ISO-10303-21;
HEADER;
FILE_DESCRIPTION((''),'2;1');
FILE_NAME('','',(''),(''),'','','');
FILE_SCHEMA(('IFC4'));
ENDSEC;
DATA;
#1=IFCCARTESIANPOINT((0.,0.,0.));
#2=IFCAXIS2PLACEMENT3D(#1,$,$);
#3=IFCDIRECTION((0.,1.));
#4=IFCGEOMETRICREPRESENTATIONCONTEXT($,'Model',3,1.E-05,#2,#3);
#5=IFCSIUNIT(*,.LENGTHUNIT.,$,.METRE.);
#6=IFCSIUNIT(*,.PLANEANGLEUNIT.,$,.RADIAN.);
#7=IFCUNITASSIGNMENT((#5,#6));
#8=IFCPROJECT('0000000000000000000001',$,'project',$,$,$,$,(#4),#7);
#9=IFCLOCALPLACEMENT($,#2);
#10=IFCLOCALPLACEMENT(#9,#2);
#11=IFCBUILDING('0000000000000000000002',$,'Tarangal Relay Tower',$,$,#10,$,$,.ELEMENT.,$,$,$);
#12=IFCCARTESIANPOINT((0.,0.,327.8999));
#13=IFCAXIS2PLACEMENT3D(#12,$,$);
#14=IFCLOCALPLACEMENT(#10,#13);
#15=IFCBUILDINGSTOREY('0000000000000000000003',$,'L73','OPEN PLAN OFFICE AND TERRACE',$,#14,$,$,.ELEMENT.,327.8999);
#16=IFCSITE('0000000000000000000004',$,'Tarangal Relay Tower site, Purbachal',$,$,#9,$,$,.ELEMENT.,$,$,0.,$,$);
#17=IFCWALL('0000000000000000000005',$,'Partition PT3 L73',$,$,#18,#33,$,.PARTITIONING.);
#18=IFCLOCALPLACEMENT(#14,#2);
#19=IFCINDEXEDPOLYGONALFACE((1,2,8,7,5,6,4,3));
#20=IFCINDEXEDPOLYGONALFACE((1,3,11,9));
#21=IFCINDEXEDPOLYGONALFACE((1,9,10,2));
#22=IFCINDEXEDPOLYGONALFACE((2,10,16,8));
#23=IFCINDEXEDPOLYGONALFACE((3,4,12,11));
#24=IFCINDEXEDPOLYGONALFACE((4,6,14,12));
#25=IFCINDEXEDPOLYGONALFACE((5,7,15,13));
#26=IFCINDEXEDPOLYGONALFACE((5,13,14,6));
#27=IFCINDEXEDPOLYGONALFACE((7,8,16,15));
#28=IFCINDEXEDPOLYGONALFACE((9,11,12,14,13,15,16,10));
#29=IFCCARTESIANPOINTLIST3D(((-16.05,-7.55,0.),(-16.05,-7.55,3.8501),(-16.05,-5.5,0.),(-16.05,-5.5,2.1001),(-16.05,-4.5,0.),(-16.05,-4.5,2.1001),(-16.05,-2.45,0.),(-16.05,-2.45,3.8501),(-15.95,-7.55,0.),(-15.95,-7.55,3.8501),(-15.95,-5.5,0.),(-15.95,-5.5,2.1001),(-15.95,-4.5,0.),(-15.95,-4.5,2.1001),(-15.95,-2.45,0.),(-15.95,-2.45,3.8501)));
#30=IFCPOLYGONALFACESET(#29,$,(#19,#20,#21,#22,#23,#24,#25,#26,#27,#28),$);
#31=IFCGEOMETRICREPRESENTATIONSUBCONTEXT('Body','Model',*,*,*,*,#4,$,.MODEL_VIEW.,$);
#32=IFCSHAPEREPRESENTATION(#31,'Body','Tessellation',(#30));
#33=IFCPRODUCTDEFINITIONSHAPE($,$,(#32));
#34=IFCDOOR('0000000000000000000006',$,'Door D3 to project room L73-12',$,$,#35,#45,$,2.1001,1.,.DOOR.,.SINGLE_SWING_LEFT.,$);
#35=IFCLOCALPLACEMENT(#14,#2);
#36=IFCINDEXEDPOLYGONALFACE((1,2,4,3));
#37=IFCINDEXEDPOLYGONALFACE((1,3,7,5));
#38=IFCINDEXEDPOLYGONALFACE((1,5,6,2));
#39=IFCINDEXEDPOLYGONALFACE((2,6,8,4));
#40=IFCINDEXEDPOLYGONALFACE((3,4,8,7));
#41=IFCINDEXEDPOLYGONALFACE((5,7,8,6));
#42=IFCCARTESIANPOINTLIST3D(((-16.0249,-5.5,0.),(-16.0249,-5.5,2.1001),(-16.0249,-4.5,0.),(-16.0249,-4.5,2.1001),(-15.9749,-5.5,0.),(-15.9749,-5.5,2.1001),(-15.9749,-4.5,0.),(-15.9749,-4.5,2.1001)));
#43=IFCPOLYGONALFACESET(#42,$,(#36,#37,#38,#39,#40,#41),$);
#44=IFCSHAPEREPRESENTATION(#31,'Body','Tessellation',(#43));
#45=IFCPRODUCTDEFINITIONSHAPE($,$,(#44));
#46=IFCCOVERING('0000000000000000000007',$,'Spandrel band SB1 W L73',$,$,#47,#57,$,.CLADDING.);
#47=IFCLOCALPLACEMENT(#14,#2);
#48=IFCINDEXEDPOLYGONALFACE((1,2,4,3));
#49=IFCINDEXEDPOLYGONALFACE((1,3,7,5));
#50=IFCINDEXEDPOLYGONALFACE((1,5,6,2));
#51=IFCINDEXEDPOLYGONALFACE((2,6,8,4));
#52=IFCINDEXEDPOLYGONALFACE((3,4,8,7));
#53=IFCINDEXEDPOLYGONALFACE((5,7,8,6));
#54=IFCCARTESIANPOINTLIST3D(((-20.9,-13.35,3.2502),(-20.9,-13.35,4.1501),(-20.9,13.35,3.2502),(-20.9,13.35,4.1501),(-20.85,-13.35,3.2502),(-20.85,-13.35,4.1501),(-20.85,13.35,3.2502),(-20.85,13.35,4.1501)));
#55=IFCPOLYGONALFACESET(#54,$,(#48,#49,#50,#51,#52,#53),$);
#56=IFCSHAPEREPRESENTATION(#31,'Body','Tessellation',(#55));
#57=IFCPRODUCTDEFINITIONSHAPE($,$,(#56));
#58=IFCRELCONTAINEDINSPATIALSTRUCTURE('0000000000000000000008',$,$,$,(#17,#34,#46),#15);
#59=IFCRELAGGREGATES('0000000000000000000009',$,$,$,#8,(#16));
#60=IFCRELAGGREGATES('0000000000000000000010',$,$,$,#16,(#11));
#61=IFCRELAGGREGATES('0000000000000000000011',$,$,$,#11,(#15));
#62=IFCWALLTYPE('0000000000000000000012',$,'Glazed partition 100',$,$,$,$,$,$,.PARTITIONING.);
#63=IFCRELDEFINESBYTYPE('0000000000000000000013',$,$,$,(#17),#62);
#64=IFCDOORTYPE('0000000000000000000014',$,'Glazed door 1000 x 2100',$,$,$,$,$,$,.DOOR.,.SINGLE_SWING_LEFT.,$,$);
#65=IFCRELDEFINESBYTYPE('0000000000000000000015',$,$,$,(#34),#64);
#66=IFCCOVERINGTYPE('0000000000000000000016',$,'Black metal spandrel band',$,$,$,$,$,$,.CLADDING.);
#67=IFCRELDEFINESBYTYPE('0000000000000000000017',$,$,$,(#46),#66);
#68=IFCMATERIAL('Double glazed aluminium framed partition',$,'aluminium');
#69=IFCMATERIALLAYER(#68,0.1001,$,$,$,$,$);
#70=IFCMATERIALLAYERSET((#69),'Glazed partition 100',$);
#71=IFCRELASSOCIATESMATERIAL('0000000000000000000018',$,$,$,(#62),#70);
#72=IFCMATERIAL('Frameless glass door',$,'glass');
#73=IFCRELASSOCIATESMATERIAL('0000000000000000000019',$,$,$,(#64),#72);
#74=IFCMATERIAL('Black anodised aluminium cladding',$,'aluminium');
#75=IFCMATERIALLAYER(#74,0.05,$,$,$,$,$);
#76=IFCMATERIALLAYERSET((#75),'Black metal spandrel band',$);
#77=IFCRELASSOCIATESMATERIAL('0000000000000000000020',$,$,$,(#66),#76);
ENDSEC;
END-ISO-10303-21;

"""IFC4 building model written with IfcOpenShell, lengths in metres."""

from ifc_helpers import new_model, si_unit, direction, frame, frame_2d, origin, origin_2d, place, context, subcontext, project, spatial, rectangle, extrude, material, layer, layer_set, type_object, element, fill, save


model = new_model("IFC4")

# Units and contexts
model_context = context("Model", 3, precision=1e-05, world=origin(), true_north=direction((0.0, 1.0)))
body_context = subcontext(model_context, "Body", "Model", "MODEL_VIEW")
ifc_project = project(units=[si_unit("LENGTHUNIT", "METRE"), si_unit("PLANEANGLEUNIT", "RADIAN")], contexts=[model_context])

# Site, building, storey
site_placement = place(None, origin())
site = spatial("IfcSite", under=ifc_project, at=site_placement, Name="Tarangal Relay Tower site, Purbachal", CompositionType="ELEMENT", RefElevation=0.0)
building_placement = place(site_placement, origin())
building = spatial("IfcBuilding", under=site, at=building_placement, Name="Tarangal Relay Tower", CompositionType="ELEMENT")
storey_placement = place(building_placement, frame((0.0, 0.0, 327.8999)))
storey = spatial("IfcBuildingStorey", under=building, at=storey_placement, Name="L73", Description="OPEN PLAN OFFICE AND TERRACE", CompositionType="ELEMENT", Elevation=327.8999)

# Shared definitions
ifc_material_1 = material(Name="Double glazed aluminium framed partition", Category="aluminium")
ifc_layer_1 = layer(ifc_material_1, 0.1001)
ifc_layer_set_1 = layer_set([ifc_layer_1], Name="Glazed partition 100")
wall_type_1 = type_object("IfcWallType", Name="Glazed partition 100", PredefinedType="PARTITIONING", material=ifc_layer_set_1)

# Wall, opening, door
wall_1_placement = place(storey_placement, frame((-16.0, -7.55, 0.0), z_axis=(0.0, 0.0, 1.0), x_axis=(0.0, 1.0, 0.0)))
wall_1 = element("IfcWall", 1, at=wall_1_placement, inside=storey, type_object=wall_type_1, Name="Partition PT3 L73", PredefinedType="PARTITIONING", context=body_context, shape_type="SweptSolid", body=[
    extrude(rectangle(XDim=5.1001, YDim=0.1001, at=frame_2d((2.55, 0.0))), origin(), (0.0, 0.0, 1.0), 3.8501),
])
opening_1_placement = place(wall_1_placement, frame((2.05, 0.0, 0.0)))
opening_1 = element("IfcOpeningElement", 2, at=opening_1_placement, cuts=wall_1, PredefinedType="OPENING", context=body_context, shape_type="SweptSolid", body=[
    extrude(rectangle(XDim=1.0, YDim=2.1001, at=frame_2d((0.5, 1.05))), frame((0.0, 0.0601, 0.0), z_axis=(0.0, -1.0, 0.0), x_axis=(1.0, 0.0, 0.0)), (0.0, 0.0, 1.0), 0.1201),
])
ifc_material_2 = material(Name="Frameless glass door", Category="glass")
door_type_1 = type_object("IfcDoorType", Name="Glazed door 1000 x 2100", OperationType="SINGLE_SWING_LEFT", PredefinedType="DOOR", material=ifc_material_2)
door_1_placement = place(opening_1_placement, origin())
door_1 = element("IfcDoor", 3, at=door_1_placement, inside=storey, type_object=door_type_1, Name="Door D3 to project room L73-12", OperationType="SINGLE_SWING_LEFT", OverallHeight=2.1001, OverallWidth=1.0, PredefinedType="DOOR", context=body_context, shape_type="SweptSolid", body=[
    extrude(rectangle(XDim=1.0, YDim=2.1001, at=frame_2d((0.5, 1.05))), frame((0.0, 0.0249, 0.0), z_axis=(0.0, -1.0, 0.0), x_axis=(1.0, 0.0, 0.0)), (0.0, 0.0, 1.0), 0.05),
])
fill(opening_1, door_1)

# Covering
ifc_material_3 = material(Name="Black anodised aluminium cladding", Category="aluminium")
ifc_layer_2 = layer(ifc_material_3, 0.05)
ifc_layer_set_2 = layer_set([ifc_layer_2], Name="Black metal spandrel band")
covering_type = type_object("IfcCoveringType", Name="Black metal spandrel band", PredefinedType="CLADDING", material=ifc_layer_set_2)
covering_placement = place(storey_placement, frame((-20.875, 0.0, 3.2502), z_axis=(0.0, 0.0, 1.0), x_axis=(0.0, 1.0, 0.0)))
element("IfcCovering", 4, at=covering_placement, inside=storey, type_object=covering_type, Name="Spandrel band SB1 W L73", PredefinedType="CLADDING", context=body_context, shape_type="SweptSolid", body=[
    extrude(rectangle(XDim=26.7, YDim=0.05, at=origin_2d()), origin(), (0.0, 0.0, 1.0), 0.8999),
])

save(model, "model.ifc")
